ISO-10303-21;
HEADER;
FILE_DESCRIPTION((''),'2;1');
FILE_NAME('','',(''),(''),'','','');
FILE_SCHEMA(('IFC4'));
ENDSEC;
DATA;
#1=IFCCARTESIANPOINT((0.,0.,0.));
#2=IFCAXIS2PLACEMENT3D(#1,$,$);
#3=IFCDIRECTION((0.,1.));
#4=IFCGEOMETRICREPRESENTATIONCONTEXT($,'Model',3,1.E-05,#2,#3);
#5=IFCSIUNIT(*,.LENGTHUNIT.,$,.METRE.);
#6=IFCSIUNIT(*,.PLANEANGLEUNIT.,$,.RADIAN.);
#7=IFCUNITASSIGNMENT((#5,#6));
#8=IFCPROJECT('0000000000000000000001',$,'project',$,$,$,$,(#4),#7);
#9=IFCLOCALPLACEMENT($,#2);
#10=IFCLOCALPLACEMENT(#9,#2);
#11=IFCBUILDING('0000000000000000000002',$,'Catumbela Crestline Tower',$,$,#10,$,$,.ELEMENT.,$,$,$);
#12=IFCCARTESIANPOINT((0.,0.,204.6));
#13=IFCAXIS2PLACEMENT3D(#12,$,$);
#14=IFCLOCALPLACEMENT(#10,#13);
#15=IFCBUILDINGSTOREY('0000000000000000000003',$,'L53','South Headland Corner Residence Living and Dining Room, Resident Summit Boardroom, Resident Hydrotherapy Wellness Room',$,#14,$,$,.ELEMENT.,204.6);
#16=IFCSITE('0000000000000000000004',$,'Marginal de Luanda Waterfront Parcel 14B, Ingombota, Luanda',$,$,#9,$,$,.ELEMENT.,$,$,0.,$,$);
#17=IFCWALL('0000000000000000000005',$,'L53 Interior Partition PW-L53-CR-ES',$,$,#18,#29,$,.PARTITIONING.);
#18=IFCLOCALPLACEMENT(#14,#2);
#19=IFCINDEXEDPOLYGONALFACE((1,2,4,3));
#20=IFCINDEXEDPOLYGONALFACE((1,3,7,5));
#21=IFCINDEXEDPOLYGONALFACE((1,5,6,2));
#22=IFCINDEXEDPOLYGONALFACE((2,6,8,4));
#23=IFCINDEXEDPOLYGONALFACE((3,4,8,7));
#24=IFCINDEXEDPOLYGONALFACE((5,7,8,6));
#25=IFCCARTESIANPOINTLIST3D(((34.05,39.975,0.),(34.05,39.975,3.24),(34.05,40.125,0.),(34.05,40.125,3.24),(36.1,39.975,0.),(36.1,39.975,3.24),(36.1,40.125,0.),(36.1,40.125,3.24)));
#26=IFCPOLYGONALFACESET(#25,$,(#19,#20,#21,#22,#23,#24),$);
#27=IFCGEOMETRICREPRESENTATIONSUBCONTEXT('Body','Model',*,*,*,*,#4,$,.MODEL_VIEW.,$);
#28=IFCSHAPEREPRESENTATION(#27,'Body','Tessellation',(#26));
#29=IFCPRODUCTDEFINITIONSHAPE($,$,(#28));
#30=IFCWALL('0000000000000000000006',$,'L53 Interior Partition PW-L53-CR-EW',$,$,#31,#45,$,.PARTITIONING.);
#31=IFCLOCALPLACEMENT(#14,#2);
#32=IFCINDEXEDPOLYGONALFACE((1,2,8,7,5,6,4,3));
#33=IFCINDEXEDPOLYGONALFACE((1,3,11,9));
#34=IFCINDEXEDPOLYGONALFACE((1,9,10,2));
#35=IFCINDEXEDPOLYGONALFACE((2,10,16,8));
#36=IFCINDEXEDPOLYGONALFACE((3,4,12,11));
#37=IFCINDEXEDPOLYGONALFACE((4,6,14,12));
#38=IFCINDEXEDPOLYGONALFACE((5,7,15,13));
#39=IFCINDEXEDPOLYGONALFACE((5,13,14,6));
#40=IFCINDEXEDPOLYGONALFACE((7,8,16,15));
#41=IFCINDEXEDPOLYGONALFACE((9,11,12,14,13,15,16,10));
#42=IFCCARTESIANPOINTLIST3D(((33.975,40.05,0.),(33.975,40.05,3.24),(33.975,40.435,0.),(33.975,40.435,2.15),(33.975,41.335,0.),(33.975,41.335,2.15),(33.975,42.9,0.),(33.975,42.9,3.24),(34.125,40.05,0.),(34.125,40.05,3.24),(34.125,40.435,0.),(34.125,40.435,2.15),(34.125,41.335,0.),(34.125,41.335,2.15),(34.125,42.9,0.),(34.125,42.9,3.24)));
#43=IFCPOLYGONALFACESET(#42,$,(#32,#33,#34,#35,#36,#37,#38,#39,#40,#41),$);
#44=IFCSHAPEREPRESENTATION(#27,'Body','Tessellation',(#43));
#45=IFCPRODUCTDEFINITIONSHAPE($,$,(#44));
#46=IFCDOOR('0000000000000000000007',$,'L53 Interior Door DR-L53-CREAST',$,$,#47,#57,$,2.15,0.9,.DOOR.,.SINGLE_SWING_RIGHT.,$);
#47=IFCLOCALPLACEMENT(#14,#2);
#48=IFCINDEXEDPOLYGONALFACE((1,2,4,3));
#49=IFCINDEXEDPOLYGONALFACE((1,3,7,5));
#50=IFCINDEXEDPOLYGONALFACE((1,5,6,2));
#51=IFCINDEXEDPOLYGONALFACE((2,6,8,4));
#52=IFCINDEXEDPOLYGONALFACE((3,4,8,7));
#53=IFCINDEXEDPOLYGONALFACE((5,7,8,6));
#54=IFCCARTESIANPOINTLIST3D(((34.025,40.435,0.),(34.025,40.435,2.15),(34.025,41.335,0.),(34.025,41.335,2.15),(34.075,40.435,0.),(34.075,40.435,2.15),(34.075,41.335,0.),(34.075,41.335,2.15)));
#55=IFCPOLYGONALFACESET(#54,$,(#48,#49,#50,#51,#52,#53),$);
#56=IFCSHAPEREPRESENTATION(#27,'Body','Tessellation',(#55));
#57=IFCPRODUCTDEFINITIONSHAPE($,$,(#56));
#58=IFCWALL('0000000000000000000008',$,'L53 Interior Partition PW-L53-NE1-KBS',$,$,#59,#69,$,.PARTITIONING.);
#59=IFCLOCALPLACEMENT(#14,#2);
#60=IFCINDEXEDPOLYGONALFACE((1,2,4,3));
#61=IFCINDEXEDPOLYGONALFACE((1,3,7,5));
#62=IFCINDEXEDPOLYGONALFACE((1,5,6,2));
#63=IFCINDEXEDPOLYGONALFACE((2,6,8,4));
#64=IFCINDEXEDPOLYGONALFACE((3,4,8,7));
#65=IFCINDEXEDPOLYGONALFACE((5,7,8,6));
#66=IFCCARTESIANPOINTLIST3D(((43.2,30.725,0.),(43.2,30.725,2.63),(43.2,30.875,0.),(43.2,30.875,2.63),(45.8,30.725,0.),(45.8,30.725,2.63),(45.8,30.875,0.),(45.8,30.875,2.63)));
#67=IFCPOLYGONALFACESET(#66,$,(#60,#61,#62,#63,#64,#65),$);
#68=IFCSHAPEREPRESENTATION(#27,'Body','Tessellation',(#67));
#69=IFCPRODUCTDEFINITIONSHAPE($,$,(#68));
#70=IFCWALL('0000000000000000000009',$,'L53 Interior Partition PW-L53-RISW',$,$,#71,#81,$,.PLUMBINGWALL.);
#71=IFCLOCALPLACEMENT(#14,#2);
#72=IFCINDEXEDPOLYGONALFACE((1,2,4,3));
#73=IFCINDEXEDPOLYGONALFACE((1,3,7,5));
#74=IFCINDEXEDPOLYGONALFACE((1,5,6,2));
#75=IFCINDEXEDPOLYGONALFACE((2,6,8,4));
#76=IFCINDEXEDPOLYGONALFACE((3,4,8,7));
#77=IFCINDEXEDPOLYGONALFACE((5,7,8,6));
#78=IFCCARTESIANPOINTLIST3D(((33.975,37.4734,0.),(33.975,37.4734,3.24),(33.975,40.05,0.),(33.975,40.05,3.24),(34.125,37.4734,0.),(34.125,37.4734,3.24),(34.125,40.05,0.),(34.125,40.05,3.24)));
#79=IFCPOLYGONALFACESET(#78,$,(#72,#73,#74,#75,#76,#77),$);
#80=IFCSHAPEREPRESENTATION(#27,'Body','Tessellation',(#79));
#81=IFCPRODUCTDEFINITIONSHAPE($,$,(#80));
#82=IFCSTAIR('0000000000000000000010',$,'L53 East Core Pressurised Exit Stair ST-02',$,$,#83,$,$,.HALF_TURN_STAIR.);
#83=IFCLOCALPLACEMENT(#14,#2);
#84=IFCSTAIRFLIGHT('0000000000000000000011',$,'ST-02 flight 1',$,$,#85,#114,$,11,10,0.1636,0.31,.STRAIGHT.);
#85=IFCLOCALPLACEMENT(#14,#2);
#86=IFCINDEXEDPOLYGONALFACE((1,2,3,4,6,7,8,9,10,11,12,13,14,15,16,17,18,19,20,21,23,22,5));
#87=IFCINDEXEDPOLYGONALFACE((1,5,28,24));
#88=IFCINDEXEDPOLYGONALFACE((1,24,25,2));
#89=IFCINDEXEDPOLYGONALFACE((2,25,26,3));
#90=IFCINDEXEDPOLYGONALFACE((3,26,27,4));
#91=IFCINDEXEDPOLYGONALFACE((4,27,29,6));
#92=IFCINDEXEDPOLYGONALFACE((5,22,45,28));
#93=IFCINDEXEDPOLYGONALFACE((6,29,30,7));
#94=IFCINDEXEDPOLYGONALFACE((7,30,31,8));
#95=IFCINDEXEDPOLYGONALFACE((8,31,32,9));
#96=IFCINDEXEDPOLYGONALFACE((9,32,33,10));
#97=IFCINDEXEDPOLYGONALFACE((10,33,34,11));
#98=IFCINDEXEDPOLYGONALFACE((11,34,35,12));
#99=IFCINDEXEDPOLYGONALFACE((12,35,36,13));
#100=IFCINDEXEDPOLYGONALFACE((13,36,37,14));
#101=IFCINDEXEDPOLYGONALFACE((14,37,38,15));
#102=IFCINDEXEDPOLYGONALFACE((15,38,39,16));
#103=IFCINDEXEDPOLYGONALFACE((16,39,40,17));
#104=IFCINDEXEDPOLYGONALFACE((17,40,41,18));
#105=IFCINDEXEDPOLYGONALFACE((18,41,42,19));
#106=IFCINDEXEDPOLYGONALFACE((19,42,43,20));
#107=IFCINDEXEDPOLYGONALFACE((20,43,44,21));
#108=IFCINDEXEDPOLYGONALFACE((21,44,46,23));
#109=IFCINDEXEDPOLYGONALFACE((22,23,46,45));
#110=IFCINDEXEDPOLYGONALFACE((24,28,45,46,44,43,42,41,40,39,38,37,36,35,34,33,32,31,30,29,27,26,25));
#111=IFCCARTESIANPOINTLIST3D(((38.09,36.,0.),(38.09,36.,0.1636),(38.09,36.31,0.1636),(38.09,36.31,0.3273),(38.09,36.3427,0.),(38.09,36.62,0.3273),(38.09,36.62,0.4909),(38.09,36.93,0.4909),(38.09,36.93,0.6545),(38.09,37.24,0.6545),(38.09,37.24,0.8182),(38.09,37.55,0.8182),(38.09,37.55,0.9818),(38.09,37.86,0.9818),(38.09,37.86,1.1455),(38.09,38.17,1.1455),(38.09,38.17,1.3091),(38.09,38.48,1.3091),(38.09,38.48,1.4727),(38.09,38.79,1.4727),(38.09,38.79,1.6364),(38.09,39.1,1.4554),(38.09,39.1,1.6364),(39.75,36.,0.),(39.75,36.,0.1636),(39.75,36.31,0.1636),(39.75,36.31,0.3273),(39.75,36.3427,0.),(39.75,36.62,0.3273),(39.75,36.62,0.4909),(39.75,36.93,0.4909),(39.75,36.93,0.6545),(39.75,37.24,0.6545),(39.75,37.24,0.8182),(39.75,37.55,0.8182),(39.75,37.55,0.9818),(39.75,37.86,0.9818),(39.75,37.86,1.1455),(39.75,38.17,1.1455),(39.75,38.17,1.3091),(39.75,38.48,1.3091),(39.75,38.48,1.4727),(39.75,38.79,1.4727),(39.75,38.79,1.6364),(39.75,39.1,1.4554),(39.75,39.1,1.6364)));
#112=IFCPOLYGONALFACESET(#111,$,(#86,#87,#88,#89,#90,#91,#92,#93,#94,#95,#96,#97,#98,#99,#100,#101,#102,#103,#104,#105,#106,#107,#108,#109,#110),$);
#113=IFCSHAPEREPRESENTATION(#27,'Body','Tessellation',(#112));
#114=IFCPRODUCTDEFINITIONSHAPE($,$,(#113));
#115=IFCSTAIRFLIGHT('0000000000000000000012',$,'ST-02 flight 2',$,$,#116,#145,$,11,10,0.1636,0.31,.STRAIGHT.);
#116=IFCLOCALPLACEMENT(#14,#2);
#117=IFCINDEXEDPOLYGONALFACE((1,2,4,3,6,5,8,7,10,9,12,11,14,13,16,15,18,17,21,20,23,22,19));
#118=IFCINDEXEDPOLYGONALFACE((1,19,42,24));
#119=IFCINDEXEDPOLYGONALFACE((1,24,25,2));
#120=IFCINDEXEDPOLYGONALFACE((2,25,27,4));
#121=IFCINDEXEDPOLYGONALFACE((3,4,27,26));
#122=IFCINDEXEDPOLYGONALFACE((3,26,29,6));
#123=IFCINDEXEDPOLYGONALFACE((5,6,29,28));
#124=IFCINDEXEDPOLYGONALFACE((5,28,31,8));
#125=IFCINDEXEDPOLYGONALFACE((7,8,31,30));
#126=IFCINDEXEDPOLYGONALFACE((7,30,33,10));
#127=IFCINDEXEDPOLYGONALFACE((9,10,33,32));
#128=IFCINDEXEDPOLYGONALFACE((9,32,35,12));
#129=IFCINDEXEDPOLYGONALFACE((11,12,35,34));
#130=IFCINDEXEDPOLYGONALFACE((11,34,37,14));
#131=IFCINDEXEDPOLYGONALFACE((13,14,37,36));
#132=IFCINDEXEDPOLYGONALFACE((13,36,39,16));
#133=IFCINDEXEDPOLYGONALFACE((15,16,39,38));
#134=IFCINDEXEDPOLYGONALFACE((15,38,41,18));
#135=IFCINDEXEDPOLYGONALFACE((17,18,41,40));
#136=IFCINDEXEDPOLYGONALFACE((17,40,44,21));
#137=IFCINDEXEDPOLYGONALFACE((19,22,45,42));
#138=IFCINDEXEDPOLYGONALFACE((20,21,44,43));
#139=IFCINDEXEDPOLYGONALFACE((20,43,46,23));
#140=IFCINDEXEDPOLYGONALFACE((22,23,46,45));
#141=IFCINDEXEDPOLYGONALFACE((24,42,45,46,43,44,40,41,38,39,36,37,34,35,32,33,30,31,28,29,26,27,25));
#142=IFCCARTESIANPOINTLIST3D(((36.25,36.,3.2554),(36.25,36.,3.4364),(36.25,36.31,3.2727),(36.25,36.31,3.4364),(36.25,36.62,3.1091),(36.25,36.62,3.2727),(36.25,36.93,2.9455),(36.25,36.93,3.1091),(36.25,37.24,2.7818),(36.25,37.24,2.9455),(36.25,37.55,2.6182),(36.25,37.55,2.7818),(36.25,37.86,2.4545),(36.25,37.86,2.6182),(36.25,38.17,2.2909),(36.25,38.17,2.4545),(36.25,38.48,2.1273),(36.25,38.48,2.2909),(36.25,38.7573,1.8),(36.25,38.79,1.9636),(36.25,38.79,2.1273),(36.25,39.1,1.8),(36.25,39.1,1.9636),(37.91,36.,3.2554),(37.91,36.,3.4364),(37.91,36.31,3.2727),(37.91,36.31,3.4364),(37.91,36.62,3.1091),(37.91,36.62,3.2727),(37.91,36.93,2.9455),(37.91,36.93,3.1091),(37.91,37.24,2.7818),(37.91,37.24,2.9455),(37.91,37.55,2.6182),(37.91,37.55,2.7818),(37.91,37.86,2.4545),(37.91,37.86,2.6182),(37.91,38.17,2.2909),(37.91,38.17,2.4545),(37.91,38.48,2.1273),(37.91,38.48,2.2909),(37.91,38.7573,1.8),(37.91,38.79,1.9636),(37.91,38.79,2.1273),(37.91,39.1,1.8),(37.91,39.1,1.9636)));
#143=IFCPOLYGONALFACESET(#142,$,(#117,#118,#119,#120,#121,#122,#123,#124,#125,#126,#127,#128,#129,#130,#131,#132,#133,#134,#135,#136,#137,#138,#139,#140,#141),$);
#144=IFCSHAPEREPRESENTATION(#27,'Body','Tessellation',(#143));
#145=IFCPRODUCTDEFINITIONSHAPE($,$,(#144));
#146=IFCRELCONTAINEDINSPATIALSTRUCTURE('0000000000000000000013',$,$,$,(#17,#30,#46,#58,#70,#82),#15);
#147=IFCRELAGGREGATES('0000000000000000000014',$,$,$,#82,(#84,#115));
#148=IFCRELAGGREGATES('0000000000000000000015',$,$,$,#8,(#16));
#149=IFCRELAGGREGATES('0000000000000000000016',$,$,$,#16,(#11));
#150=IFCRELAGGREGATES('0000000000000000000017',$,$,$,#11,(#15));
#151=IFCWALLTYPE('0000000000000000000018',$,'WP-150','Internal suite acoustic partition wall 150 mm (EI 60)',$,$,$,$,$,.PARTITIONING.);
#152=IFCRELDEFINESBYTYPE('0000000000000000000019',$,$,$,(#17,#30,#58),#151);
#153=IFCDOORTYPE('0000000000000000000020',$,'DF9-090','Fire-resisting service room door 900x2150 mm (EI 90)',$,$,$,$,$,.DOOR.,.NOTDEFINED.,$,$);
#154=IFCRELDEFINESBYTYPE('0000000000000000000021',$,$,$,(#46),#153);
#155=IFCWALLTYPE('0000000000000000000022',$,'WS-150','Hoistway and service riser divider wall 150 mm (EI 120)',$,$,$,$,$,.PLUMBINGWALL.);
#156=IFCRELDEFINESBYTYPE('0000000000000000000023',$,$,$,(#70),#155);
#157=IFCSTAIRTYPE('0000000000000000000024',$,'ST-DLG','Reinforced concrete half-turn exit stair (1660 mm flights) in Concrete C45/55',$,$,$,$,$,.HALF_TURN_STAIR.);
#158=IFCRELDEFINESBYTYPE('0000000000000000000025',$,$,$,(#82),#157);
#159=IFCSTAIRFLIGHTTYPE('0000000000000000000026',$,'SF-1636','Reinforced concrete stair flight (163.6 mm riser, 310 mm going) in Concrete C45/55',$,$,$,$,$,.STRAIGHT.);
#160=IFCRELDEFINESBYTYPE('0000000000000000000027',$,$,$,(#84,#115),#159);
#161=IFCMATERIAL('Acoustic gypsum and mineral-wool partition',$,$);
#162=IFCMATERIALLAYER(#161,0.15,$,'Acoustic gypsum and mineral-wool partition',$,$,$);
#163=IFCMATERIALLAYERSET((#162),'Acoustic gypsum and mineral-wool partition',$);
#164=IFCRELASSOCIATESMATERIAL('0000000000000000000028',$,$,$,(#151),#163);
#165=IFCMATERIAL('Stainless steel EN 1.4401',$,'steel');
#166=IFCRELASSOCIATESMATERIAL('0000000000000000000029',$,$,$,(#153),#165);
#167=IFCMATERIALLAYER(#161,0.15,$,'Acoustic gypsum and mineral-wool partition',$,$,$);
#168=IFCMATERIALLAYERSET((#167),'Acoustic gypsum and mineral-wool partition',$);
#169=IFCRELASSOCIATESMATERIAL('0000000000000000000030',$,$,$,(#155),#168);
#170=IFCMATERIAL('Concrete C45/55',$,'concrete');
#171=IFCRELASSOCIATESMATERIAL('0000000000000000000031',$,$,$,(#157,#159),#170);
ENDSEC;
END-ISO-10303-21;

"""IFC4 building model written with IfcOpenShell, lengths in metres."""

from ifc_helpers import new_model, si_unit, direction, frame, frame_2d, origin, place, context, subcontext, project, spatial, polyline, rectangle, outline, extrude, material, layer, layer_set, type_object, element, fill, aggregate, save


model = new_model("IFC4")

# Units and contexts
model_context = context("Model", 3, precision=1e-05, world=origin(), true_north=direction((0.0, 1.0)))
body_context = subcontext(model_context, "Body", "Model", "MODEL_VIEW")
ifc_project = project(units=[si_unit("LENGTHUNIT", "METRE"), si_unit("PLANEANGLEUNIT", "RADIAN")], contexts=[model_context])

# Site, building, storey
site_placement = place(None, origin())
site = spatial("IfcSite", under=ifc_project, at=site_placement, Name="Marginal de Luanda Waterfront Parcel 14B, Ingombota, Luanda", CompositionType="ELEMENT", RefElevation=0.0)
building_placement = place(site_placement, origin())
building = spatial("IfcBuilding", under=site, at=building_placement, Name="Catumbela Crestline Tower", CompositionType="ELEMENT")
storey_placement = place(building_placement, frame((0.0, 0.0, 204.6)))
storey = spatial("IfcBuildingStorey", under=building, at=storey_placement, Name="L53", Description="South Headland Corner Residence Living and Dining Room, Resident Summit Boardroom, Resident Hydrotherapy Wellness Room", CompositionType="ELEMENT", Elevation=204.6)

# Shared definitions
ifc_material_1 = material(Name="Acoustic gypsum and mineral-wool partition")

# Wall
ifc_layer_1 = layer(ifc_material_1, 0.15, Name="Acoustic gypsum and mineral-wool partition")
ifc_layer_set_1 = layer_set([ifc_layer_1], Name="Acoustic gypsum and mineral-wool partition")
wall_type_1 = type_object("IfcWallType", Name="WP-150", Description="Internal suite acoustic partition wall 150 mm (EI 60)", PredefinedType="PARTITIONING", material=ifc_layer_set_1)
wall_1_placement = place(storey_placement, frame((34.05, 40.05, 0.0), z_axis=(0.0, 0.0, 1.0), x_axis=(1.0, 0.0, 0.0)))
element("IfcWall", 1, at=wall_1_placement, inside=storey, type_object=wall_type_1, Name="L53 Interior Partition PW-L53-CR-ES", PredefinedType="PARTITIONING", context=body_context, shape_type="SweptSolid", body=[
    extrude(rectangle(XDim=2.05, YDim=0.15, at=frame_2d((1.025, 0.0))), origin(), (0.0, 0.0, 1.0), 3.24),
])

# Wall, opening, door
wall_2_placement = place(storey_placement, frame((34.05, 40.05, 0.0), z_axis=(0.0, 0.0, 1.0), x_axis=(0.0, 1.0, 0.0)))
wall_2 = element("IfcWall", 2, at=wall_2_placement, inside=storey, type_object=wall_type_1, Name="L53 Interior Partition PW-L53-CR-EW", PredefinedType="PARTITIONING", context=body_context, shape_type="SweptSolid", body=[
    extrude(rectangle(XDim=2.85, YDim=0.15, at=frame_2d((1.425, 0.0))), origin(), (0.0, 0.0, 1.0), 3.24),
])
opening_1_placement = place(wall_2_placement, frame((0.385, 0.0, 0.0)))
opening_1 = element("IfcOpeningElement", 3, at=opening_1_placement, cuts=wall_2, PredefinedType="OPENING", context=body_context, shape_type="SweptSolid", body=[
    extrude(rectangle(XDim=0.9, YDim=2.15, at=frame_2d((0.45, 1.075))), frame((0.0, 0.085, 0.0), z_axis=(0.0, -1.0, 0.0), x_axis=(1.0, 0.0, 0.0)), (0.0, 0.0, 1.0), 0.17),
])
ifc_material_2 = material(Name="Stainless steel EN 1.4401", Category="steel")
door_type_1 = type_object("IfcDoorType", Name="DF9-090", Description="Fire-resisting service room door 900x2150 mm (EI 90)", OperationType="NOTDEFINED", PredefinedType="DOOR", material=ifc_material_2)
door_1_placement = place(opening_1_placement, origin())
door_1 = element("IfcDoor", 4, at=door_1_placement, inside=storey, type_object=door_type_1, Name="L53 Interior Door DR-L53-CREAST", OperationType="SINGLE_SWING_RIGHT", OverallHeight=2.15, OverallWidth=0.9, PredefinedType="DOOR", context=body_context, shape_type="SweptSolid", body=[
    extrude(rectangle(XDim=0.9, YDim=2.15, at=frame_2d((0.45, 1.075))), frame((0.0, 0.025, 0.0), z_axis=(0.0, -1.0, 0.0), x_axis=(1.0, 0.0, 0.0)), (0.0, 0.0, 1.0), 0.05),
])
fill(opening_1, door_1)

# Walls
wall_3_placement = place(storey_placement, frame((43.2, 30.8, 0.0), z_axis=(0.0, 0.0, 1.0), x_axis=(1.0, 0.0, 0.0)))
element("IfcWall", 5, at=wall_3_placement, inside=storey, type_object=wall_type_1, Name="L53 Interior Partition PW-L53-NE1-KBS", PredefinedType="PARTITIONING", context=body_context, shape_type="SweptSolid", body=[
    extrude(rectangle(XDim=2.6, YDim=0.15, at=frame_2d((1.3, 0.0))), origin(), (0.0, 0.0, 1.0), 2.63),
])
ifc_layer_2 = layer(ifc_material_1, 0.15, Name="Acoustic gypsum and mineral-wool partition")
ifc_layer_set_2 = layer_set([ifc_layer_2], Name="Acoustic gypsum and mineral-wool partition")
wall_type_2 = type_object("IfcWallType", Name="WS-150", Description="Hoistway and service riser divider wall 150 mm (EI 120)", PredefinedType="PLUMBINGWALL", material=ifc_layer_set_2)
wall_4_placement = place(storey_placement, frame((34.05, 37.4734, 0.0), z_axis=(0.0, 0.0, 1.0), x_axis=(0.0, 1.0, 0.0)))
element("IfcWall", 6, at=wall_4_placement, inside=storey, type_object=wall_type_2, Name="L53 Interior Partition PW-L53-RISW", PredefinedType="PLUMBINGWALL", context=body_context, shape_type="SweptSolid", body=[
    extrude(rectangle(XDim=2.5766, YDim=0.15, at=frame_2d((1.2883, 0.0))), origin(), (0.0, 0.0, 1.0), 3.24),
])

# Stair, stair flights
ifc_material_3 = material(Name="Concrete C45/55", Category="concrete")
stair_type = type_object("IfcStairType", Name="ST-DLG", Description="Reinforced concrete half-turn exit stair (1660 mm flights) in Concrete C45/55", PredefinedType="HALF_TURN_STAIR", material=ifc_material_3)
stair_placement = place(storey_placement, origin())
stair = element("IfcStair", 7, at=stair_placement, inside=storey, type_object=stair_type, Name="L53 East Core Pressurised Exit Stair ST-02", PredefinedType="HALF_TURN_STAIR")
stair_flight_type = type_object("IfcStairFlightType", Name="SF-1636", Description="Reinforced concrete stair flight (163.6 mm riser, 310 mm going) in Concrete C45/55", PredefinedType="STRAIGHT", material=ifc_material_3)
stair_flight_1_placement = place(storey_placement, frame((38.92, 36.0, 0.0), z_axis=(0.0, 0.0, 1.0), x_axis=(0.0, 1.0, 0.0)))
stair_flight_1 = element("IfcStairFlight", 8, at=stair_flight_1_placement, type_object=stair_flight_type, Name="ST-02 flight 1", NumberOfRisers=11, NumberOfTreads=10, PredefinedType="STRAIGHT", RiserHeight=0.1636, TreadLength=0.31, context=body_context, shape_type="SweptSolid", body=[
    extrude(outline(polyline([(0.0, 0.0), (0.0, 0.1636), (0.31, 0.1636), (0.31, 0.3273), (0.62, 0.3273), (0.62, 0.4909), (0.93, 0.4909), (0.93, 0.6545), (1.24, 0.6545), (1.24, 0.8182), (1.55, 0.8182), (1.55, 0.9818), (1.86, 0.9818), (1.86, 1.1455), (2.17, 1.1455), (2.17, 1.3091), (2.48, 1.3091), (2.48, 1.4727), (2.79, 1.4727), (2.79, 1.6364), (3.1, 1.6364), (3.1, 1.8), (3.1, 1.4554), (0.3427, 0.0), (0.0, 0.0)])), frame((0.0, 0.83, 0.0), z_axis=(0.0, -1.0, 0.0), x_axis=(1.0, 0.0, 0.0)), (0.0, 0.0, 1.0), 1.66),
])
stair_flight_2_placement = place(storey_placement, frame((37.08, 39.1, 1.8), z_axis=(0.0, 0.0, 1.0), x_axis=(0.0, -1.0, 0.0)))
stair_flight_2 = element("IfcStairFlight", 9, at=stair_flight_2_placement, type_object=stair_flight_type, Name="ST-02 flight 2", NumberOfRisers=11, NumberOfTreads=10, PredefinedType="STRAIGHT", RiserHeight=0.1636, TreadLength=0.31, context=body_context, shape_type="SweptSolid", body=[
    extrude(outline(polyline([(0.0, 0.0), (0.0, 0.1636), (0.31, 0.1636), (0.31, 0.3273), (0.62, 0.3273), (0.62, 0.4909), (0.93, 0.4909), (0.93, 0.6545), (1.24, 0.6545), (1.24, 0.8182), (1.55, 0.8182), (1.55, 0.9818), (1.86, 0.9818), (1.86, 1.1455), (2.17, 1.1455), (2.17, 1.3091), (2.48, 1.3091), (2.48, 1.4727), (2.79, 1.4727), (2.79, 1.6364), (3.1, 1.6364), (3.1, 1.8), (3.1, 1.4554), (0.3427, 0.0), (0.0, 0.0)])), frame((0.0, 0.83, 0.0), z_axis=(0.0, -1.0, 0.0), x_axis=(1.0, 0.0, 0.0)), (0.0, 0.0, 1.0), 1.66),
])
aggregate(stair, [stair_flight_1, stair_flight_2])

save(model, "model.ifc")
